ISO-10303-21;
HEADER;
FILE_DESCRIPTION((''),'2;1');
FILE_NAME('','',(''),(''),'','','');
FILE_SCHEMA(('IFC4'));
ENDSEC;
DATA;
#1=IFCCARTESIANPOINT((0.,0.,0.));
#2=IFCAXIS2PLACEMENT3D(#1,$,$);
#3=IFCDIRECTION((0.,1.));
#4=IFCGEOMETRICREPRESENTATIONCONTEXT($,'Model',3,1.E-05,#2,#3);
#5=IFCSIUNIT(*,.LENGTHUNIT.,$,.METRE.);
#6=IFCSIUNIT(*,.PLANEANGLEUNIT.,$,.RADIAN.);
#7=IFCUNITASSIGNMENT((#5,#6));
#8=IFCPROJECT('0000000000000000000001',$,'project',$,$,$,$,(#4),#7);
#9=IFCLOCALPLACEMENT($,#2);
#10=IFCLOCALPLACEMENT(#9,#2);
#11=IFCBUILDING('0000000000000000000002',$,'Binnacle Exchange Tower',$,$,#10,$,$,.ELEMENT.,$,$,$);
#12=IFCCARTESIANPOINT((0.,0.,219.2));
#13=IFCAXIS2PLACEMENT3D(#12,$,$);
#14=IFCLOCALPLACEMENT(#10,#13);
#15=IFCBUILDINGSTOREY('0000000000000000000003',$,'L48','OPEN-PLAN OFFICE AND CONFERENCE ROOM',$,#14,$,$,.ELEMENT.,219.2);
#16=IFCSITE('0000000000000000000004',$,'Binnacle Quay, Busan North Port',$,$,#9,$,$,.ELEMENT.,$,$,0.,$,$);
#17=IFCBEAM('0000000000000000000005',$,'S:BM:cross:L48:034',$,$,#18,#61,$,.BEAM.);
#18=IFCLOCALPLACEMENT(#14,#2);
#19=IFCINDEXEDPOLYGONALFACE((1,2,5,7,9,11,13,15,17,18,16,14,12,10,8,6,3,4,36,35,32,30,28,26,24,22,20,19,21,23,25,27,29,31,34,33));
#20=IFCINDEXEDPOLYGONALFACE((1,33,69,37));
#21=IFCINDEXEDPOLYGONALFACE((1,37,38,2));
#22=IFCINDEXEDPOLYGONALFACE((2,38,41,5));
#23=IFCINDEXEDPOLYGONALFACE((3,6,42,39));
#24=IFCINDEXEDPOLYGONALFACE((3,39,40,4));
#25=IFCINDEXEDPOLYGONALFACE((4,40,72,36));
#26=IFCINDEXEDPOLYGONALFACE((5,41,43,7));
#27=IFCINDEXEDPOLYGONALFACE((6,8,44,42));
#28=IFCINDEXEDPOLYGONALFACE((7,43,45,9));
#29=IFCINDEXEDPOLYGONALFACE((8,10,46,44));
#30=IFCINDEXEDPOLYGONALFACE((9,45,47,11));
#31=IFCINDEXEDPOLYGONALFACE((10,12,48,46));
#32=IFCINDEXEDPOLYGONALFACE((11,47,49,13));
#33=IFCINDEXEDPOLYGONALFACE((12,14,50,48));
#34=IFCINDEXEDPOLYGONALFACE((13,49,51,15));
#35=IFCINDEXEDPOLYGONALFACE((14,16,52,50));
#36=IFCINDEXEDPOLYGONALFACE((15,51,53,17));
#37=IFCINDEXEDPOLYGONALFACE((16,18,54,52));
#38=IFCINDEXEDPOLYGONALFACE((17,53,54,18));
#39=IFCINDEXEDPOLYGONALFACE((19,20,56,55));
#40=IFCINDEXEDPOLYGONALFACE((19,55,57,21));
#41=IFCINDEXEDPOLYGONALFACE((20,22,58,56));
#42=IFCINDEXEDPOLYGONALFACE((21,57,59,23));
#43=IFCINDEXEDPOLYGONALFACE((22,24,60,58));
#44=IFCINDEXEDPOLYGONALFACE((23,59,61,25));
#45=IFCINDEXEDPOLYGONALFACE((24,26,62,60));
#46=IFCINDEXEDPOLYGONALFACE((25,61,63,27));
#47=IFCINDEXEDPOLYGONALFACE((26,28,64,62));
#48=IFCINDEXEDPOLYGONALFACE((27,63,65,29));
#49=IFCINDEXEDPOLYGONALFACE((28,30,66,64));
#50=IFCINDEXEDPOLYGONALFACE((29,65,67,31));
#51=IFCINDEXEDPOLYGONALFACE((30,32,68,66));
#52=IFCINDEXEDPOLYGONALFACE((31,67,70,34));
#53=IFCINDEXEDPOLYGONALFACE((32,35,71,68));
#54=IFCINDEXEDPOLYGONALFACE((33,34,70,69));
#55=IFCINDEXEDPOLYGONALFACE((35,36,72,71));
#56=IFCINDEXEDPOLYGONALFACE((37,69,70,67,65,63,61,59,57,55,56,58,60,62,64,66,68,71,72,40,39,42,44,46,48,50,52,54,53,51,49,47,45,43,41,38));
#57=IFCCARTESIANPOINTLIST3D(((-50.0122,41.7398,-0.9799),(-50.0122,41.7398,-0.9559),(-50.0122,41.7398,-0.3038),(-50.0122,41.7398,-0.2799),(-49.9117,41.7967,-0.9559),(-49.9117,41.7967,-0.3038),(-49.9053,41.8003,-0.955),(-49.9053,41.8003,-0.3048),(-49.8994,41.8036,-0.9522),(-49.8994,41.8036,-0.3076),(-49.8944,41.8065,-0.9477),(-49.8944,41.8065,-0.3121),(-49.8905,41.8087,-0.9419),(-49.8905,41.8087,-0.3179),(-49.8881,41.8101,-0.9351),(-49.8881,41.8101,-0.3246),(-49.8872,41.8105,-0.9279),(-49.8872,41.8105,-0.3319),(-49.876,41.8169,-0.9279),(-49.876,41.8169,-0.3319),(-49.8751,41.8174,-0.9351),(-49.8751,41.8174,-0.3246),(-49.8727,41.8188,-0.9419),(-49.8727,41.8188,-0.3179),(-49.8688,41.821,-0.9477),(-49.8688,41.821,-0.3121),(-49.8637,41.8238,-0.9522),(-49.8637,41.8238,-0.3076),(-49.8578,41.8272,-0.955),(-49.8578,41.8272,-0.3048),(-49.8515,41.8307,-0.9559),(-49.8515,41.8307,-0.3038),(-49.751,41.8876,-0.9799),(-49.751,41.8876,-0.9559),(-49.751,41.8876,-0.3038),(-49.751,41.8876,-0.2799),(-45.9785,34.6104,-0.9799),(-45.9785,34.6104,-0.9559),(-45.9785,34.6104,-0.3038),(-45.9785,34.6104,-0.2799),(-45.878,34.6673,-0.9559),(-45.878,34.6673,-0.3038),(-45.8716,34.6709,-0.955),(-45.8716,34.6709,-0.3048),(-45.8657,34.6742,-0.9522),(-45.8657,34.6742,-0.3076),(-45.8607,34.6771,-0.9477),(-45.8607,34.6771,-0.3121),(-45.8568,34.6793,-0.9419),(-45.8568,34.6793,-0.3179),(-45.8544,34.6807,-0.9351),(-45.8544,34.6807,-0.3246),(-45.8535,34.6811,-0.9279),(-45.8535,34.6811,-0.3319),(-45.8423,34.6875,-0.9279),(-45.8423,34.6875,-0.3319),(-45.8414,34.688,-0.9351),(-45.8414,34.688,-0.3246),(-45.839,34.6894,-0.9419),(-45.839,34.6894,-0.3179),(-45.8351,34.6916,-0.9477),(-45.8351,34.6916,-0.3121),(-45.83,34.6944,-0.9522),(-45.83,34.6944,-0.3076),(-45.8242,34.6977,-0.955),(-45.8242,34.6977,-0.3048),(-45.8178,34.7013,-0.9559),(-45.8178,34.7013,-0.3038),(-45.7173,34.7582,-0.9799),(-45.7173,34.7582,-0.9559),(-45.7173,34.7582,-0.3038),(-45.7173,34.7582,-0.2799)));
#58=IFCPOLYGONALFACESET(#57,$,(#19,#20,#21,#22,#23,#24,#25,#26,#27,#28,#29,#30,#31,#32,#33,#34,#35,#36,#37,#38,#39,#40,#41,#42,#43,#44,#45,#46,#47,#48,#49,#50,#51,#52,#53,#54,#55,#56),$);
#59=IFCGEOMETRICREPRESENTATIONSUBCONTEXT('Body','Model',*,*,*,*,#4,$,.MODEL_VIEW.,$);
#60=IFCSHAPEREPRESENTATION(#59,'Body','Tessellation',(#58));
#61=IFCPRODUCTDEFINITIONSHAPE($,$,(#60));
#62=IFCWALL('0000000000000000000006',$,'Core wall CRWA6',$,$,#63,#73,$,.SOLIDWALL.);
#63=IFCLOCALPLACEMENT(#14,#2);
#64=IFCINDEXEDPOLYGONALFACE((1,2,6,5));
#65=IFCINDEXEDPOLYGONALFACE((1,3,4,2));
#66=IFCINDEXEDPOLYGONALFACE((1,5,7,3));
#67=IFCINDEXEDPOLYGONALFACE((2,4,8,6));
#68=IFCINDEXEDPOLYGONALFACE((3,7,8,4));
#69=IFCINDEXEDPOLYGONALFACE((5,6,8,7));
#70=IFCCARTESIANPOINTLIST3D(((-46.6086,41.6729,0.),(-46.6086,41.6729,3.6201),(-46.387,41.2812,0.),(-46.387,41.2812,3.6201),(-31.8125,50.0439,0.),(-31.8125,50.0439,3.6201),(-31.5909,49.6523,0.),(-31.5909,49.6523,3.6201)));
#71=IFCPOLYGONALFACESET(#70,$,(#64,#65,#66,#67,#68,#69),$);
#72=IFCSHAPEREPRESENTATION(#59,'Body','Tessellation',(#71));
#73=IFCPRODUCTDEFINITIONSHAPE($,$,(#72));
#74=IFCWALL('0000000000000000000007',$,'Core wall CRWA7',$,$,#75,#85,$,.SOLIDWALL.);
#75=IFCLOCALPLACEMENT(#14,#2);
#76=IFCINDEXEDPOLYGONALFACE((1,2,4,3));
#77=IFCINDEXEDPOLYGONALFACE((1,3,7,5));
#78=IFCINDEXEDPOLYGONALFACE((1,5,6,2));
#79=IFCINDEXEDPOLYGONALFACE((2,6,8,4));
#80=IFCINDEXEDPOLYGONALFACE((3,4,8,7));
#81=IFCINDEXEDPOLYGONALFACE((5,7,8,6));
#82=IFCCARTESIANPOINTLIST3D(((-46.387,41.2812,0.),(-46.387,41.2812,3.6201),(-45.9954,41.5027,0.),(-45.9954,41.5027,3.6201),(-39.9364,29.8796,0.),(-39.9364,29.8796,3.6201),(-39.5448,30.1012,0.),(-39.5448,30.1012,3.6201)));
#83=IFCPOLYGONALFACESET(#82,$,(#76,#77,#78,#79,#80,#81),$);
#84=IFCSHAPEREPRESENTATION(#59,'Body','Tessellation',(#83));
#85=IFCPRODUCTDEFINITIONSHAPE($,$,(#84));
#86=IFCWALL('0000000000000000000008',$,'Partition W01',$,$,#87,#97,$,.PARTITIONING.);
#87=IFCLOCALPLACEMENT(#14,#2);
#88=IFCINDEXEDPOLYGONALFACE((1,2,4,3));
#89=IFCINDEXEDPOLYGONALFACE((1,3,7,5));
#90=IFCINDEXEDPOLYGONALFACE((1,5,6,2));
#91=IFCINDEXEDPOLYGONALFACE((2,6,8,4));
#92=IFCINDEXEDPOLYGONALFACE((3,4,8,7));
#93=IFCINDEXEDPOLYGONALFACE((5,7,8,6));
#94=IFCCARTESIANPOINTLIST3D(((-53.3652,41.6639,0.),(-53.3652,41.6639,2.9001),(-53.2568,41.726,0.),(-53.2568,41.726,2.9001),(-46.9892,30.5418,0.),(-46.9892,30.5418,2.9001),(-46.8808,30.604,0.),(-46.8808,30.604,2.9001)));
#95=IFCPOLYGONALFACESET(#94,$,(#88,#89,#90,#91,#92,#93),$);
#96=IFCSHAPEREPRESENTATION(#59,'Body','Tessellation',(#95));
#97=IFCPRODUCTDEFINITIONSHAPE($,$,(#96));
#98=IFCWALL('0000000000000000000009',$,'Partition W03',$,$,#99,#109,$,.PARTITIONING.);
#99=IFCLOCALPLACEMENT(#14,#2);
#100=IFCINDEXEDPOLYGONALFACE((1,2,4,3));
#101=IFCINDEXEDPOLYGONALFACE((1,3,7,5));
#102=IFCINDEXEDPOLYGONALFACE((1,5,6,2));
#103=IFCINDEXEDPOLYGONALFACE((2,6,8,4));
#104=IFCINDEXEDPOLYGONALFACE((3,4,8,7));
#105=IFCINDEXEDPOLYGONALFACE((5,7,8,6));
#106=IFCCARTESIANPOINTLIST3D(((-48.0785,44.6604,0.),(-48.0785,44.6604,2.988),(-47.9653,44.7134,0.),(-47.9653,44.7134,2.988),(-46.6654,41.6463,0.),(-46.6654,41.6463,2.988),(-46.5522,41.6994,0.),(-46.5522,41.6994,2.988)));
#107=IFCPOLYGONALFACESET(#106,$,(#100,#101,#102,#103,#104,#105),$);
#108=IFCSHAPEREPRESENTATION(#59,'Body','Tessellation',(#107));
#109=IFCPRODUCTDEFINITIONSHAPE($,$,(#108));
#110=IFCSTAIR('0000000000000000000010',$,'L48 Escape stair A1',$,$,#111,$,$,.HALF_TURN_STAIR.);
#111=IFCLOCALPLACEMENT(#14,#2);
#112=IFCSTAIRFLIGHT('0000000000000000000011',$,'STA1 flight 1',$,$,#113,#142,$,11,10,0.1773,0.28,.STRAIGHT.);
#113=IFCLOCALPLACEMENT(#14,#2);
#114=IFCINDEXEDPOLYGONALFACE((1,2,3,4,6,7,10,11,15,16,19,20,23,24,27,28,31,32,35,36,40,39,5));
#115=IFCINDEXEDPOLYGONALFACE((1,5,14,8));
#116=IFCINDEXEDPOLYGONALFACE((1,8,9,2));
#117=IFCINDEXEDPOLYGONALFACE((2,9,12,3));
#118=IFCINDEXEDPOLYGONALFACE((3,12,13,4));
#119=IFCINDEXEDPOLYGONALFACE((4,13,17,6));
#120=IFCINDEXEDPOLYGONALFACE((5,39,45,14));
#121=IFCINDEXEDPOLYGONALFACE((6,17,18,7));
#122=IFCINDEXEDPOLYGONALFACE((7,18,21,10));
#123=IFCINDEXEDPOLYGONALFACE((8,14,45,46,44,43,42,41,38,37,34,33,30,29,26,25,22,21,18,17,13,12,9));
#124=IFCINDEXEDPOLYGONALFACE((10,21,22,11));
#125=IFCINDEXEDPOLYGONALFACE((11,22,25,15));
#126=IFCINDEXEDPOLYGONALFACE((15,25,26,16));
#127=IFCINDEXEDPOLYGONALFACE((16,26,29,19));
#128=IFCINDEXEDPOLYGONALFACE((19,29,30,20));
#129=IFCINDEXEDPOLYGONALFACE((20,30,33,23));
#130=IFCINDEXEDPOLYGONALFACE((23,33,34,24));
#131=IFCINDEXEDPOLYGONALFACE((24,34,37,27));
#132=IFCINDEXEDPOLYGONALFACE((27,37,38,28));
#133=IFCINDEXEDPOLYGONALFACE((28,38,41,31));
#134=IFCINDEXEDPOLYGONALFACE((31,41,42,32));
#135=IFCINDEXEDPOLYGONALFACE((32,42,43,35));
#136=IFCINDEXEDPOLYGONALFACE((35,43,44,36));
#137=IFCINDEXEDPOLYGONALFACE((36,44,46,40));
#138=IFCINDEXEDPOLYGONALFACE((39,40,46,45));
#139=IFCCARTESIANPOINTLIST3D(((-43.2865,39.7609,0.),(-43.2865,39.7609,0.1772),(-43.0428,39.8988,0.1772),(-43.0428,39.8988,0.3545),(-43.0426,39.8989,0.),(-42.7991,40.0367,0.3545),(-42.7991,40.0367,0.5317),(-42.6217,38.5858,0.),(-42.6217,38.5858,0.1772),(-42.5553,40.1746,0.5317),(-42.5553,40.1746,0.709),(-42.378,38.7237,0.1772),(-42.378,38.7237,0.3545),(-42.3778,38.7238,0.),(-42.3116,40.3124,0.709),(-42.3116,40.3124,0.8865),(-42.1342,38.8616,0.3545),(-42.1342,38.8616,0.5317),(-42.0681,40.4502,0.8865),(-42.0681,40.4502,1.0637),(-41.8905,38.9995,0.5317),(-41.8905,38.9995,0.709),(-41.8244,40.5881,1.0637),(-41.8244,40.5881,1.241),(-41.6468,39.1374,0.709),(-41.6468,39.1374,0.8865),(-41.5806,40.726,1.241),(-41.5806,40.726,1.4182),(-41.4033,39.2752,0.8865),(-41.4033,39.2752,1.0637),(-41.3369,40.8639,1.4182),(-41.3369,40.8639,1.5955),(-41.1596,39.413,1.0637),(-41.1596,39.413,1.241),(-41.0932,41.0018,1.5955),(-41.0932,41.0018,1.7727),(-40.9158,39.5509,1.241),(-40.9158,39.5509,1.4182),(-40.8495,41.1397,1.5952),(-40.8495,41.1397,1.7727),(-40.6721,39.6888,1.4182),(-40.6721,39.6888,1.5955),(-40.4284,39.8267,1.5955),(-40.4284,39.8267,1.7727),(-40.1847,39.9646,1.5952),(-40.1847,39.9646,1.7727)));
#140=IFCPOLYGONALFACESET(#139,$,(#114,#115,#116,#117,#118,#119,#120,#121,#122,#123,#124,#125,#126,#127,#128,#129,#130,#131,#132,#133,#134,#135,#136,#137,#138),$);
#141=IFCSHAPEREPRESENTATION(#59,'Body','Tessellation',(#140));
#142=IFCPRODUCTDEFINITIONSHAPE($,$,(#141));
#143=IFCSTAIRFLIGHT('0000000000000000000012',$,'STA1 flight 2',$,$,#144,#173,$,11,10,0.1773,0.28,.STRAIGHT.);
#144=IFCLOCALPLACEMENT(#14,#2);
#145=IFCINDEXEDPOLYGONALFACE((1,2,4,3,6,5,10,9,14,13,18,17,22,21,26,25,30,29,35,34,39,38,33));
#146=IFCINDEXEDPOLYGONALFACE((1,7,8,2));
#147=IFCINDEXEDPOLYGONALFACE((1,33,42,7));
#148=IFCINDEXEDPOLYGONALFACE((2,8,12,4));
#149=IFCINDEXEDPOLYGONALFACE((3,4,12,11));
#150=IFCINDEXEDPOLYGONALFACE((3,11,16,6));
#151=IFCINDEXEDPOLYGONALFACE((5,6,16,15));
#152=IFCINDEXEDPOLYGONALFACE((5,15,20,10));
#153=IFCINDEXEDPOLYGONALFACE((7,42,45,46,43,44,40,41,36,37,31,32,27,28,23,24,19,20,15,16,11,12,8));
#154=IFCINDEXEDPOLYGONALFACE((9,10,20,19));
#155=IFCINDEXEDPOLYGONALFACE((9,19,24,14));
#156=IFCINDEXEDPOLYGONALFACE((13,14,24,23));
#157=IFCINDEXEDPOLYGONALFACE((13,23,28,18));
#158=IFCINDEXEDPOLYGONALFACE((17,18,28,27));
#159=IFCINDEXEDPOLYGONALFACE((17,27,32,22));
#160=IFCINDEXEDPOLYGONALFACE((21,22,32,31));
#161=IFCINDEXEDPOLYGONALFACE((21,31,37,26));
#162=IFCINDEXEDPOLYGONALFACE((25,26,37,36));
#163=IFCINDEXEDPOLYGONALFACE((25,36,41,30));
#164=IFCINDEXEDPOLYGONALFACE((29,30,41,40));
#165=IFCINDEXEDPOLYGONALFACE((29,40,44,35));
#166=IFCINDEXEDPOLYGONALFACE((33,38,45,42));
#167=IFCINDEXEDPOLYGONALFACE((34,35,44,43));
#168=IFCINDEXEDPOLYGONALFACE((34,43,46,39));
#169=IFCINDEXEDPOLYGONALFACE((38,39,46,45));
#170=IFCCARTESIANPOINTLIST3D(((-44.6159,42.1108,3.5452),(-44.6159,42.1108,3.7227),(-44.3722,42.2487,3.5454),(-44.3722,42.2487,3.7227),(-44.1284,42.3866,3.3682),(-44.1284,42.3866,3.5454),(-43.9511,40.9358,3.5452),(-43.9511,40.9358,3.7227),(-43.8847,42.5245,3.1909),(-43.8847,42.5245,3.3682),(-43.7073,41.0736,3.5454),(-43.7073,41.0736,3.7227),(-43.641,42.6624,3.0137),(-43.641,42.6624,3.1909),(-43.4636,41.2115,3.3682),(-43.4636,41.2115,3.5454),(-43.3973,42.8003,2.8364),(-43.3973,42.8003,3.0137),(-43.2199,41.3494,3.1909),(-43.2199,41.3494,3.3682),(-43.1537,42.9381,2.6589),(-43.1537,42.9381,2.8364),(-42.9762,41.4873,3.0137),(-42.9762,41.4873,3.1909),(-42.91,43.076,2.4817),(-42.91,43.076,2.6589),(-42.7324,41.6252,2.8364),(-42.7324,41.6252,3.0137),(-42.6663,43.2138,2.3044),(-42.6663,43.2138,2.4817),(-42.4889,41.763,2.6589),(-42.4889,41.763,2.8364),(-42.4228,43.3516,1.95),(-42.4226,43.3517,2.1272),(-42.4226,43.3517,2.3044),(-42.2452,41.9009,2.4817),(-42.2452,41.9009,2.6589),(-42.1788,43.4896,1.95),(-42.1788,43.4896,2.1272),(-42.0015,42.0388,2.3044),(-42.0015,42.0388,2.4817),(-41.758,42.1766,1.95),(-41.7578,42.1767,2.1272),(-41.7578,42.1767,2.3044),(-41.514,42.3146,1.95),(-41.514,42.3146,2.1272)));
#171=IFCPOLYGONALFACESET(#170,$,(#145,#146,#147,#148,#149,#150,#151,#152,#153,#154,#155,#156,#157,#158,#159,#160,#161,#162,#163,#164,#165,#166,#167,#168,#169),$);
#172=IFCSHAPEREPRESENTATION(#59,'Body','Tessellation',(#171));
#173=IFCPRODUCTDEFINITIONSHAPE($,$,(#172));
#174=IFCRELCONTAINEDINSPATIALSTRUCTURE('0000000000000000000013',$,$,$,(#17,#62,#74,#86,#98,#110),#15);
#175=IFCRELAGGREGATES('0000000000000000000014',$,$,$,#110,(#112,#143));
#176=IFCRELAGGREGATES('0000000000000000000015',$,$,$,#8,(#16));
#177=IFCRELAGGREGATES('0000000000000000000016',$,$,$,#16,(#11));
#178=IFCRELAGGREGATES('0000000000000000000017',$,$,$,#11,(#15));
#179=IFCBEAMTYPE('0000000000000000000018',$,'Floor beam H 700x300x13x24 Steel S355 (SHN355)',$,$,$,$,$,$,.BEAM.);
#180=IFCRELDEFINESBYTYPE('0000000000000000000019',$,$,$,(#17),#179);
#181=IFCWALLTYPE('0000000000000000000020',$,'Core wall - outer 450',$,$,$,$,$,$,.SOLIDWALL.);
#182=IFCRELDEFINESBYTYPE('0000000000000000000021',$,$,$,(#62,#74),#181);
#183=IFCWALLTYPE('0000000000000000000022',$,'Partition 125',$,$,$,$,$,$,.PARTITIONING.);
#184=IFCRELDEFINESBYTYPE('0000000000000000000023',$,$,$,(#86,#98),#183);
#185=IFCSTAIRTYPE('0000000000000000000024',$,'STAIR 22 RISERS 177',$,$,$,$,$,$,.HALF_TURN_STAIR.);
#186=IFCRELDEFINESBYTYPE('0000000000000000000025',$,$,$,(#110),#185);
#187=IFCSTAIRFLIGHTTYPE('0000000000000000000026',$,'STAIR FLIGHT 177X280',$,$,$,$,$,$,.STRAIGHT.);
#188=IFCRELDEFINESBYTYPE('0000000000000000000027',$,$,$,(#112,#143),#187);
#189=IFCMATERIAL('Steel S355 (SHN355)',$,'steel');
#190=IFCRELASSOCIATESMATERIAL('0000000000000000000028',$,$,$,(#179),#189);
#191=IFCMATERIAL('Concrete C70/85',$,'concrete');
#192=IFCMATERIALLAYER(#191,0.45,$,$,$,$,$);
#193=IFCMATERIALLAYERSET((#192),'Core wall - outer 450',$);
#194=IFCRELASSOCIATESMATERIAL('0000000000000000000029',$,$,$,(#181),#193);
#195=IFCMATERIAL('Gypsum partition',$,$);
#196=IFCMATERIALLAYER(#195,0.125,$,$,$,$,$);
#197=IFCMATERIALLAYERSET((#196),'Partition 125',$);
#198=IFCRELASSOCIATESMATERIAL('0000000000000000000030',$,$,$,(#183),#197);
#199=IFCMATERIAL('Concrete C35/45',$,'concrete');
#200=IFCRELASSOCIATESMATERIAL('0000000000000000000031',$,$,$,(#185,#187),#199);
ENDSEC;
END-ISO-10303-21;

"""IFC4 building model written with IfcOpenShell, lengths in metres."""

from ifc_helpers import new_model, si_unit, direction, frame, frame_2d, origin, origin_2d, place, context, subcontext, project, spatial, polyline, rectangle, i_section, outline, extrude, material, layer, layer_set, material_profile, profile_set, type_object, element, aggregate, save


model = new_model("IFC4")

# Units and contexts
model_context = context("Model", 3, precision=1e-05, world=origin(), true_north=direction((0.0, 1.0)))
body_context = subcontext(model_context, "Body", "Model", "MODEL_VIEW")
ifc_project = project(units=[si_unit("LENGTHUNIT", "METRE"), si_unit("PLANEANGLEUNIT", "RADIAN")], contexts=[model_context])

# Site, building, storey
site_placement = place(None, origin())
site = spatial("IfcSite", under=ifc_project, at=site_placement, Name="Binnacle Quay, Busan North Port", CompositionType="ELEMENT", RefElevation=0.0)
building_placement = place(site_placement, origin())
building = spatial("IfcBuilding", under=site, at=building_placement, Name="Binnacle Exchange Tower", CompositionType="ELEMENT")
storey_placement = place(building_placement, frame((0.0, 0.0, 219.2)))
storey = spatial("IfcBuildingStorey", under=building, at=storey_placement, Name="L48", Description="OPEN-PLAN OFFICE AND CONFERENCE ROOM", CompositionType="ELEMENT", Elevation=219.2)

# Beam
ifc_material_1 = material(Name="Steel S355 (SHN355)", Category="steel")
ifc_material_profile_1 = material_profile(ifc_material_1, i_section(OverallWidth=0.3, OverallDepth=0.7, WebThickness=0.0129, FlangeThickness=0.0239, FilletRadius=0.0281, at=origin_2d()), Name="H 700x300x13x24")
ifc_profile_set_1 = profile_set([ifc_material_profile_1], Name="Steel S355 (SHN355)")
beam_type_1 = type_object("IfcBeamType", Name="Floor beam H 700x300x13x24 Steel S355 (SHN355)", PredefinedType="BEAM", material=ifc_profile_set_1)
beam_1_placement = place(storey_placement, frame((-49.8816, 41.8137, -0.6299), z_axis=(0.49243, -0.870352, 0.0), x_axis=(0.870352, 0.49243, 0.0)))
element("IfcBeam", 1, at=beam_1_placement, inside=storey, type_object=beam_type_1, Name="S:BM:cross:L48:034", PredefinedType="BEAM", context=body_context, shape_type="SweptSolid", body=[
    extrude(i_section(OverallWidth=0.3, OverallDepth=0.7, WebThickness=0.0129, FlangeThickness=0.0239, FilletRadius=0.0281, at=origin_2d()), origin(), (0.0, 0.0, 1.0), 8.1914),
])

# Walls
ifc_material_2 = material(Name="Concrete C70/85", Category="concrete")
ifc_layer_1 = layer(ifc_material_2, 0.45)
ifc_layer_set_1 = layer_set([ifc_layer_1], Name="Core wall - outer 450")
wall_type_1 = type_object("IfcWallType", Name="Core wall - outer 450", PredefinedType="SOLIDWALL", material=ifc_layer_set_1)
wall_1_placement = place(storey_placement, frame((-46.4978, 41.4771, 0.0), z_axis=(0.0, 0.0, 1.0), x_axis=(0.87036, 0.492416, 0.0)))
element("IfcWall", 2, at=wall_1_placement, inside=storey, type_object=wall_type_1, Name="Core wall CRWA6", PredefinedType="SOLIDWALL", context=body_context, shape_type="SweptSolid", body=[
    extrude(rectangle(XDim=17.0, YDim=0.45, at=frame_2d((8.5, 0.0))), origin(), (0.0, 0.0, 1.0), 3.6201),
])
wall_2_placement = place(storey_placement, frame((-46.1912, 41.3918, 0.0), z_axis=(0.0, 0.0, 1.0), x_axis=(0.492421, -0.870357, 0.0)))
element("IfcWall", 3, at=wall_2_placement, inside=storey, type_object=wall_type_1, Name="Core wall CRWA7", PredefinedType="SOLIDWALL", context=body_context, shape_type="SweptSolid", body=[
    extrude(rectangle(XDim=13.0999, YDim=0.45, at=frame_2d((6.5498, 0.0))), origin(), (0.0, 0.0, 1.0), 3.6201),
])
ifc_material_3 = material(Name="Gypsum partition")
ifc_layer_2 = layer(ifc_material_3, 0.125)
ifc_layer_set_2 = layer_set([ifc_layer_2], Name="Partition 125")
wall_type_2 = type_object("IfcWallType", Name="Partition 125", PredefinedType="PARTITIONING", material=ifc_layer_set_2)
wall_3_placement = place(storey_placement, frame((-53.311, 41.6951, 0.0), z_axis=(0.0, 0.0, 1.0), x_axis=(0.497344, -0.867553, 0.0)))
element("IfcWall", 4, at=wall_3_placement, inside=storey, type_object=wall_type_2, Name="Partition W01", PredefinedType="PARTITIONING", context=body_context, shape_type="SweptSolid", body=[
    extrude(rectangle(XDim=12.8201, YDim=0.125, at=frame_2d((6.4102, 0.0))), origin(), (0.0, 0.0, 1.0), 2.9001),
])
wall_4_placement = place(storey_placement, frame((-48.022, 44.687, 0.0), z_axis=(0.0, 0.0, 1.0), x_axis=(0.424511, -0.905423, 0.0)))
element("IfcWall", 5, at=wall_4_placement, inside=storey, type_object=wall_type_2, Name="Partition W03", PredefinedType="PARTITIONING", context=body_context, shape_type="SweptSolid", body=[
    extrude(rectangle(XDim=3.3289, YDim=0.125, at=frame_2d((1.6646, 0.0))), origin(), (0.0, 0.0, 1.0), 2.988),
])

# Stair, stair flights
ifc_material_4 = material(Name="Concrete C35/45", Category="concrete")
stair_type = type_object("IfcStairType", Name="STAIR 22 RISERS 177", PredefinedType="HALF_TURN_STAIR", material=ifc_material_4)
stair_placement = place(storey_placement, origin())
stair = element("IfcStair", 6, at=stair_placement, inside=storey, type_object=stair_type, Name="L48 Escape stair A1", PredefinedType="HALF_TURN_STAIR")
stair_flight_type = type_object("IfcStairFlightType", Name="STAIR FLIGHT 177X280", PredefinedType="STRAIGHT", material=ifc_material_4)
stair_flight_1_placement = place(storey_placement, frame((-42.9541, 39.1733, 0.0), z_axis=(0.0, 0.0, 1.0), x_axis=(0.870356, 0.492424, 0.0)))
stair_flight_1 = element("IfcStairFlight", 7, at=stair_flight_1_placement, type_object=stair_flight_type, Name="STA1 flight 1", NumberOfRisers=11, NumberOfTreads=10, PredefinedType="STRAIGHT", RiserHeight=0.1773, TreadLength=0.28, context=body_context, shape_type="SweptSolid", body=[
    extrude(outline(polyline([(0.0, 0.0), (0.0, 0.1772), (0.28, 0.1772), (0.28, 0.3545), (0.5601, 0.3545), (0.5601, 0.5317), (0.8401, 0.5317), (0.8401, 0.709), (1.1201, 0.709), (1.1201, 0.8865), (1.3999, 0.8865), (1.3999, 1.0637), (1.6799, 1.0637), (1.6799, 1.241), (1.96, 1.241), (1.96, 1.4182), (2.24, 1.4182), (2.24, 1.5955), (2.52, 1.5955), (2.52, 1.7727), (2.8, 1.7727), (2.8, 1.95), (2.8, 1.5952), (0.2803, 0.0), (0.0, 0.0)])), frame((0.0, 0.675, 0.0), z_axis=(0.0, -1.0, 0.0), x_axis=(1.0, 0.0, 0.0)), (0.0, 0.0, 1.0), 1.3501),
])
stair_flight_2_placement = place(storey_placement, frame((-41.8464, 42.9021, 1.95), z_axis=(0.0, 0.0, 1.0), x_axis=(-0.870356, -0.492424, 0.0)))
stair_flight_2 = element("IfcStairFlight", 8, at=stair_flight_2_placement, type_object=stair_flight_type, Name="STA1 flight 2", NumberOfRisers=11, NumberOfTreads=10, PredefinedType="STRAIGHT", RiserHeight=0.1773, TreadLength=0.28, context=body_context, shape_type="SweptSolid", body=[
    extrude(outline(polyline([(0.0, 0.0), (0.0, 0.1772), (0.28, 0.1772), (0.28, 0.3545), (0.5601, 0.3545), (0.5601, 0.5317), (0.8401, 0.5317), (0.8401, 0.709), (1.1201, 0.709), (1.1201, 0.8865), (1.3999, 0.8865), (1.3999, 1.0637), (1.6799, 1.0637), (1.6799, 1.241), (1.96, 1.241), (1.96, 1.4182), (2.24, 1.4182), (2.24, 1.5955), (2.52, 1.5955), (2.52, 1.7727), (2.8, 1.7727), (2.8, 1.95), (2.8, 1.5952), (0.2803, 0.0), (0.0, 0.0)])), frame((0.0, 0.675, 0.0), z_axis=(0.0, -1.0, 0.0), x_axis=(1.0, 0.0, 0.0)), (0.0, 0.0, 1.0), 1.3501),
])
aggregate(stair, [stair_flight_1, stair_flight_2])

save(model, "model.ifc")
